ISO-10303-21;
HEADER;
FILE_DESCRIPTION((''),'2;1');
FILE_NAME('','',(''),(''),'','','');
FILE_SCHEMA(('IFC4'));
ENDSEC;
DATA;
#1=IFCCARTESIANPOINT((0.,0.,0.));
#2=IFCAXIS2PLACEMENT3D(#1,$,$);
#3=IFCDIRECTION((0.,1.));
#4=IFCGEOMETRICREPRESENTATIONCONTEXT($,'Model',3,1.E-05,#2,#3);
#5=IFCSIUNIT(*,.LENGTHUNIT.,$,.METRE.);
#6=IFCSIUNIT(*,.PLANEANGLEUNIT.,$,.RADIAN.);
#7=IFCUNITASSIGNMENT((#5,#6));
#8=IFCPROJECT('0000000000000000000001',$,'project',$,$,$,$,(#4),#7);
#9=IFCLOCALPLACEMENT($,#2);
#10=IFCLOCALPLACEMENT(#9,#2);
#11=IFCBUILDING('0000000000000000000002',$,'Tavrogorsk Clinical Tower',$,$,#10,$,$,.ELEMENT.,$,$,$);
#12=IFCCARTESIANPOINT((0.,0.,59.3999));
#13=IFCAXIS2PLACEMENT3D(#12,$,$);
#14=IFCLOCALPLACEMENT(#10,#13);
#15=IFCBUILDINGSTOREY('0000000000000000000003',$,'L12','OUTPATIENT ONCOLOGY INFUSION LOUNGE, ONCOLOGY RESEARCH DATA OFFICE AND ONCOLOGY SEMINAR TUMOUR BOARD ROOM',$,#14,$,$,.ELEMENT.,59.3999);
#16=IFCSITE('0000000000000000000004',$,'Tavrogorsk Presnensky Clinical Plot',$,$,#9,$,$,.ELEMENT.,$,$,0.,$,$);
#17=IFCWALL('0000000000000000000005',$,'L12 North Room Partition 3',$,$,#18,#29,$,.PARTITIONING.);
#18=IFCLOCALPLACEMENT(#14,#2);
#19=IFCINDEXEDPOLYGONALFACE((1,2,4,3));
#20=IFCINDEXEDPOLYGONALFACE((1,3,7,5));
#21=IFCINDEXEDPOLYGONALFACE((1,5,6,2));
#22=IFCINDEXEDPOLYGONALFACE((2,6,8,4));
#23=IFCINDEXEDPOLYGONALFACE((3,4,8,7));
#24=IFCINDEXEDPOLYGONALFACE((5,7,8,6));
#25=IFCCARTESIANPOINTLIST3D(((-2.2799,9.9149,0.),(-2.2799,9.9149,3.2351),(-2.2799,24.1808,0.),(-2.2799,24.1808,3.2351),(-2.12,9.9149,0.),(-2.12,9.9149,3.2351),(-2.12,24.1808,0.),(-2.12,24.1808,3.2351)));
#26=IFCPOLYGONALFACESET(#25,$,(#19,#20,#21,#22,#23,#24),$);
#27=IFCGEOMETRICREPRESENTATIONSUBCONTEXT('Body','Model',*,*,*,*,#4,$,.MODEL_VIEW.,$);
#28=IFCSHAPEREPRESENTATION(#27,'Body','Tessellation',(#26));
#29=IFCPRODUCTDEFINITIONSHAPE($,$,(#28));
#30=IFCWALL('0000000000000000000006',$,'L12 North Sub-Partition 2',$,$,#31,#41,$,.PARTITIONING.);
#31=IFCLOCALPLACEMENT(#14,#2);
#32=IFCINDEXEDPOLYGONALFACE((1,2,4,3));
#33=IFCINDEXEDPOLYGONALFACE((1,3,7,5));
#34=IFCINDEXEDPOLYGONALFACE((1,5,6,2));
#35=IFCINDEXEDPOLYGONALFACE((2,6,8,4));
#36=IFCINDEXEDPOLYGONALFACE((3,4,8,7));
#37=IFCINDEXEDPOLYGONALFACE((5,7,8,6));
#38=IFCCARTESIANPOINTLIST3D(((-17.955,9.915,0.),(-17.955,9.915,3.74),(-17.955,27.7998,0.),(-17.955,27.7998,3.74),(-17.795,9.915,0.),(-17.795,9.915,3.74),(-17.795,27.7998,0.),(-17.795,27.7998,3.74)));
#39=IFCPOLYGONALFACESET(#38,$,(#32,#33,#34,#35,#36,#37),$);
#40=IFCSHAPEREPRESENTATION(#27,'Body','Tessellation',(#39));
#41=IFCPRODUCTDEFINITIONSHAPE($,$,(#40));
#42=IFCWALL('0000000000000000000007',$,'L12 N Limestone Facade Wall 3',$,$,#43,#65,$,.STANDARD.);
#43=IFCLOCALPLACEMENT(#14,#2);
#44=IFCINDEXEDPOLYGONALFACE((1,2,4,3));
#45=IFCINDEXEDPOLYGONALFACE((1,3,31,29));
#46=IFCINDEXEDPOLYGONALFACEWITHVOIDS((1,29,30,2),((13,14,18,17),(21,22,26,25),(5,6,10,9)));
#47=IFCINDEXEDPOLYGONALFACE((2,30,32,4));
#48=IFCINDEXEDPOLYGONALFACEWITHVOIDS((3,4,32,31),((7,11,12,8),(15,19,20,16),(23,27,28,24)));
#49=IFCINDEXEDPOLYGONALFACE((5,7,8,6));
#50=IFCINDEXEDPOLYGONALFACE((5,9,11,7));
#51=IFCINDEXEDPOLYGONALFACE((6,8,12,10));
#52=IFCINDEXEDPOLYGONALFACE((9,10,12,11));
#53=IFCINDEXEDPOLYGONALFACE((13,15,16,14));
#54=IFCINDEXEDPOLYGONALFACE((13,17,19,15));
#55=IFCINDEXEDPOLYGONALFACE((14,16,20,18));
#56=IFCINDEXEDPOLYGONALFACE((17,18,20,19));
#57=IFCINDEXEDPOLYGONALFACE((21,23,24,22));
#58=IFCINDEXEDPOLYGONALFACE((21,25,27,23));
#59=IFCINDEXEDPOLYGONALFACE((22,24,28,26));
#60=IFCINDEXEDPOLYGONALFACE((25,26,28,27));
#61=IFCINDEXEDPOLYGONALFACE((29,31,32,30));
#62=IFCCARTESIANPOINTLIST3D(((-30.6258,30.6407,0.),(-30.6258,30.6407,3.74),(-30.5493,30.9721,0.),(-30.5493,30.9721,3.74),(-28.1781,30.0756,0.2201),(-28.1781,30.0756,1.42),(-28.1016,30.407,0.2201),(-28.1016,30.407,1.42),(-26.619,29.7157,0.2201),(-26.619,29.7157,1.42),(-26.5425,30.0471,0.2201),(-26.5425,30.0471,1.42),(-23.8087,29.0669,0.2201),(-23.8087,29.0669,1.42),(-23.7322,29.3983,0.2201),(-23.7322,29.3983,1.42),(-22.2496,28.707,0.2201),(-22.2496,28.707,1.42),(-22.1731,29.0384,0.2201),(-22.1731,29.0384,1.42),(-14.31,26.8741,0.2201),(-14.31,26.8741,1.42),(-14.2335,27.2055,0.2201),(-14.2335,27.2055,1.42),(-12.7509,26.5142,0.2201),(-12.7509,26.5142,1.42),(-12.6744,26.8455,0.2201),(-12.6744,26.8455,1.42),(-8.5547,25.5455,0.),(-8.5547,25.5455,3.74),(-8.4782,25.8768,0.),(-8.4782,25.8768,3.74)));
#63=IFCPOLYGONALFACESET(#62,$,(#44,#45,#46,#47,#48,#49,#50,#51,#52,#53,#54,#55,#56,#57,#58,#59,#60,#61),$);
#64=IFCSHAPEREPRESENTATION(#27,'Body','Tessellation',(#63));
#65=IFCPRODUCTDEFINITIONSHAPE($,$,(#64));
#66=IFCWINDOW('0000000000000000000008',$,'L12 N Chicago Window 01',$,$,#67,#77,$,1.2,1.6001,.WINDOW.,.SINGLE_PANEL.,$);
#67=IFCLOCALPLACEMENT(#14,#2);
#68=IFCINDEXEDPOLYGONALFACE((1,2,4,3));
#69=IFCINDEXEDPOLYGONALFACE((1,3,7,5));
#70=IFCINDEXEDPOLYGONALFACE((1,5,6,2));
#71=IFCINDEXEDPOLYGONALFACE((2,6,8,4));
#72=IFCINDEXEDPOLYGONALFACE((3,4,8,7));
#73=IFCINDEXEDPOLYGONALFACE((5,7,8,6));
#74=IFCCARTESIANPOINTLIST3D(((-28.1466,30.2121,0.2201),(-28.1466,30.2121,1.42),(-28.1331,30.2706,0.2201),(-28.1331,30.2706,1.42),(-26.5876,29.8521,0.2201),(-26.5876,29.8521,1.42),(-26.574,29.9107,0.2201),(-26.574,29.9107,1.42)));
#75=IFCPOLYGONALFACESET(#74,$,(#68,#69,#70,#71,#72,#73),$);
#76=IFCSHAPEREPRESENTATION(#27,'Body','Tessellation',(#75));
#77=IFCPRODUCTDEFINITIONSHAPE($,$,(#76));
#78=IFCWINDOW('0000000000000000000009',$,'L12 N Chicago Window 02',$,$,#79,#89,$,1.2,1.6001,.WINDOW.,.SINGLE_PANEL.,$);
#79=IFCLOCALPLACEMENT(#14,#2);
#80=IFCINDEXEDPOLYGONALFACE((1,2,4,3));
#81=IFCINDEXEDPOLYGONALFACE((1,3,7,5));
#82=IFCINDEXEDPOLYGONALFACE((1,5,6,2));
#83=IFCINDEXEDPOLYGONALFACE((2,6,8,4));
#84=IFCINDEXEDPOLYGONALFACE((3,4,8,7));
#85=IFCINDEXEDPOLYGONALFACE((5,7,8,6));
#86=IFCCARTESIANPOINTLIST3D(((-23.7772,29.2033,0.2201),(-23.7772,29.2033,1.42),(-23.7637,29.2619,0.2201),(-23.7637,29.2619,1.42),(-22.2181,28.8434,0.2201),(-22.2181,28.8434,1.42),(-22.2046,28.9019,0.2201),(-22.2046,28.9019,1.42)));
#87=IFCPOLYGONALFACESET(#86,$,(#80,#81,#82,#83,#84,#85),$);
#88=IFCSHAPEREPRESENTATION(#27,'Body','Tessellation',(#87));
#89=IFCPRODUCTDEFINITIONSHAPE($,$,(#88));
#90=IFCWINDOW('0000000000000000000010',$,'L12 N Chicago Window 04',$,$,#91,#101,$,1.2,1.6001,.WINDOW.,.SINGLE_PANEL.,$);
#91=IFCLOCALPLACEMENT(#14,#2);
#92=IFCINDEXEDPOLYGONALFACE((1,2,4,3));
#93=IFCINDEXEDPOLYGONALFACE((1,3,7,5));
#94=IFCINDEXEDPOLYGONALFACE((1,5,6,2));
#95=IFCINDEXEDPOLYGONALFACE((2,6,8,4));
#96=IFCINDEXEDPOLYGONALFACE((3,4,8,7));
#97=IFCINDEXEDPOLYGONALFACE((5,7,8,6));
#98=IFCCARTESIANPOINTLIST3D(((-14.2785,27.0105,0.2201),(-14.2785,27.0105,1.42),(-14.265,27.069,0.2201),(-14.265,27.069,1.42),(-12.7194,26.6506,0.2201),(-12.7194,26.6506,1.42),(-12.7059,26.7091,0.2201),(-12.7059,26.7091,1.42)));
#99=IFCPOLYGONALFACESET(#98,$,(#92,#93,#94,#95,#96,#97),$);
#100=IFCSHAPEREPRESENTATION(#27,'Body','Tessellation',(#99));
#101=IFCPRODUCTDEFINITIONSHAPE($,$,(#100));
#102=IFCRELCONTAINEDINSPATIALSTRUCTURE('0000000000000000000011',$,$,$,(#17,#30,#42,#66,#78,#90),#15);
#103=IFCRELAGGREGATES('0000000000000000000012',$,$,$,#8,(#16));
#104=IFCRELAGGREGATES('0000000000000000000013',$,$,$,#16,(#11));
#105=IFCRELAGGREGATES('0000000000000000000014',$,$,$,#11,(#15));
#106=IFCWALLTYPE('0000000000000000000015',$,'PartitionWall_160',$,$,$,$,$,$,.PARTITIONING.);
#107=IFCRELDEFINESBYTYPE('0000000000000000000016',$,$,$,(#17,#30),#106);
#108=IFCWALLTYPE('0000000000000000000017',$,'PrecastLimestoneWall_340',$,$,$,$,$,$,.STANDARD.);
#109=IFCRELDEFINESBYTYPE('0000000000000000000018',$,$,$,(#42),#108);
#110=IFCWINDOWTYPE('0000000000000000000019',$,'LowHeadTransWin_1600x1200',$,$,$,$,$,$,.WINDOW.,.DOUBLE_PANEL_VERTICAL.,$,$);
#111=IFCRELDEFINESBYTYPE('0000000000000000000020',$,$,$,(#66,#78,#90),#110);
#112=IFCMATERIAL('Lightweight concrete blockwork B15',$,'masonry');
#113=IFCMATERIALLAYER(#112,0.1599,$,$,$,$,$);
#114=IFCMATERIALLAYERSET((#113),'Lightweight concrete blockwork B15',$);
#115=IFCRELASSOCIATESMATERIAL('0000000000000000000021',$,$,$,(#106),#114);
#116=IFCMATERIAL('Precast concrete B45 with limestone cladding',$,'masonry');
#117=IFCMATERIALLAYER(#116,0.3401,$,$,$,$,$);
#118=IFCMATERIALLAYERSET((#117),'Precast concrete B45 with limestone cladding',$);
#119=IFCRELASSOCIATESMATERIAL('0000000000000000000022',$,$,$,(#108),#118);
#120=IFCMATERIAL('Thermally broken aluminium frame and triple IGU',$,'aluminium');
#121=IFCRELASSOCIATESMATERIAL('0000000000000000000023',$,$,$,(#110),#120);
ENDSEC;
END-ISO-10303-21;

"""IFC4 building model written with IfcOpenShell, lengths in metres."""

from ifc_helpers import new_model, si_unit, direction, frame, frame_2d, origin, place, context, subcontext, project, spatial, rectangle, extrude, material, layer, layer_set, type_object, element, fill, save


model = new_model("IFC4")

# Units and contexts
model_context = context("Model", 3, precision=1e-05, world=origin(), true_north=direction((0.0, 1.0)))
body_context = subcontext(model_context, "Body", "Model", "MODEL_VIEW")
ifc_project = project(units=[si_unit("LENGTHUNIT", "METRE"), si_unit("PLANEANGLEUNIT", "RADIAN")], contexts=[model_context])

# Site, building, storey
site_placement = place(None, origin())
site = spatial("IfcSite", under=ifc_project, at=site_placement, Name="Tavrogorsk Presnensky Clinical Plot", CompositionType="ELEMENT", RefElevation=0.0)
building_placement = place(site_placement, origin())
building = spatial("IfcBuilding", under=site, at=building_placement, Name="Tavrogorsk Clinical Tower", CompositionType="ELEMENT")
storey_placement = place(building_placement, frame((0.0, 0.0, 59.3999)))
storey = spatial("IfcBuildingStorey", under=building, at=storey_placement, Name="L12", Description="OUTPATIENT ONCOLOGY INFUSION LOUNGE, ONCOLOGY RESEARCH DATA OFFICE AND ONCOLOGY SEMINAR TUMOUR BOARD ROOM", CompositionType="ELEMENT", Elevation=59.3999)

# Shared definitions
ifc_material_1 = material(Name="Lightweight concrete blockwork B15", Category="masonry")
ifc_layer_1 = layer(ifc_material_1, 0.1599)
ifc_layer_set_1 = layer_set([ifc_layer_1], Name="Lightweight concrete blockwork B15")
wall_type_1 = type_object("IfcWallType", Name="PartitionWall_160", PredefinedType="PARTITIONING", material=ifc_layer_set_1)

# Walls
wall_1_placement = place(storey_placement, frame((-2.2, 9.915, 0.0), z_axis=(0.0, 0.0, 1.0), x_axis=(0.0, 1.0, 0.0)))
element("IfcWall", 1, at=wall_1_placement, inside=storey, type_object=wall_type_1, Name="L12 North Room Partition 3", PredefinedType="PARTITIONING", context=body_context, shape_type="SweptSolid", body=[
    extrude(rectangle(XDim=14.2659, YDim=0.1599, at=frame_2d((7.1328, 0.0))), origin(), (0.0, 0.0, 1.0), 3.2351),
])
wall_2_placement = place(storey_placement, frame((-17.875, 9.915, 0.0), z_axis=(0.0, 0.0, 1.0), x_axis=(0.0, 1.0, 0.0)))
element("IfcWall", 2, at=wall_2_placement, inside=storey, type_object=wall_type_1, Name="L12 North Sub-Partition 2", PredefinedType="PARTITIONING", context=body_context, shape_type="SweptSolid", body=[
    extrude(rectangle(XDim=17.8848, YDim=0.1599, at=frame_2d((8.9424, 0.0))), origin(), (0.0, 0.0, 1.0), 3.74),
])

# Wall, openings, windows
ifc_material_2 = material(Name="Precast concrete B45 with limestone cladding", Category="masonry")
ifc_layer_2 = layer(ifc_material_2, 0.3401)
ifc_layer_set_2 = layer_set([ifc_layer_2], Name="Precast concrete B45 with limestone cladding")
wall_type_2 = type_object("IfcWallType", Name="PrecastLimestoneWall_340", PredefinedType="STANDARD", material=ifc_layer_set_2)
wall_3_placement = place(storey_placement, frame((-8.5166, 25.7112, 0.0), z_axis=(0.0, 0.0, 1.0), x_axis=(-0.974373, 0.224939, 0.0)))
wall_3 = element("IfcWall", 3, at=wall_3_placement, inside=storey, type_object=wall_type_2, Name="L12 N Limestone Facade Wall 3", PredefinedType="STANDARD", context=body_context, shape_type="SweptSolid", body=[
    extrude(rectangle(XDim=22.6516, YDim=0.3401, at=frame_2d((11.3257, 0.0))), origin(), (0.0, 0.0, 1.0), 3.74),
])
opening_1_placement = place(wall_3_placement, frame((18.5393, 0.0, 0.22)))
opening_1 = element("IfcOpeningElement", 4, at=opening_1_placement, cuts=wall_3, PredefinedType="OPENING", context=body_context, shape_type="SweptSolid", body=[
    extrude(rectangle(XDim=1.6001, YDim=1.2, at=frame_2d((0.8, 0.6001))), frame((0.0, 0.1799, 0.0), z_axis=(0.0, -1.0, 0.0), x_axis=(1.0, 0.0, 0.0)), (0.0, 0.0, 1.0), 0.3601),
])
opening_2_placement = place(wall_3_placement, frame((14.0549, 0.0, 0.22)))
opening_2 = element("IfcOpeningElement", 5, at=opening_2_placement, cuts=wall_3, PredefinedType="OPENING", context=body_context, shape_type="SweptSolid", body=[
    extrude(rectangle(XDim=1.6001, YDim=1.2, at=frame_2d((0.8, 0.6001))), frame((0.0, 0.1799, 0.0), z_axis=(0.0, -1.0, 0.0), x_axis=(1.0, 0.0, 0.0)), (0.0, 0.0, 1.0), 0.3601),
])
opening_3_placement = place(wall_3_placement, frame((4.3064, 0.0, 0.22)))
opening_3 = element("IfcOpeningElement", 6, at=opening_3_placement, cuts=wall_3, PredefinedType="OPENING", context=body_context, shape_type="SweptSolid", body=[
    extrude(rectangle(XDim=1.6001, YDim=1.2, at=frame_2d((0.8, 0.6001))), frame((0.0, 0.1799, 0.0), z_axis=(0.0, -1.0, 0.0), x_axis=(1.0, 0.0, 0.0)), (0.0, 0.0, 1.0), 0.3601),
])
ifc_material_3 = material(Name="Thermally broken aluminium frame and triple IGU", Category="aluminium")
window_type = type_object("IfcWindowType", Name="LowHeadTransWin_1600x1200", PartitioningType="DOUBLE_PANEL_VERTICAL", PredefinedType="WINDOW", material=ifc_material_3)
window_1_placement = place(opening_1_placement, origin())
window_1 = element("IfcWindow", 7, at=window_1_placement, inside=storey, type_object=window_type, Name="L12 N Chicago Window 01", OverallHeight=1.2, OverallWidth=1.6001, PartitioningType="SINGLE_PANEL", PredefinedType="WINDOW", context=body_context, shape_type="SweptSolid", body=[
    extrude(rectangle(XDim=1.6001, YDim=1.2, at=frame_2d((0.8, 0.6001))), frame((0.0, 0.03, 0.0), z_axis=(0.0, -1.0, 0.0), x_axis=(1.0, 0.0, 0.0)), (0.0, 0.0, 1.0), 0.0601),
])
fill(opening_1, window_1)
window_2_placement = place(opening_2_placement, origin())
window_2 = element("IfcWindow", 8, at=window_2_placement, inside=storey, type_object=window_type, Name="L12 N Chicago Window 02", OverallHeight=1.2, OverallWidth=1.6001, PartitioningType="SINGLE_PANEL", PredefinedType="WINDOW", context=body_context, shape_type="SweptSolid", body=[
    extrude(rectangle(XDim=1.6001, YDim=1.2, at=frame_2d((0.8, 0.6001))), frame((0.0, 0.03, 0.0), z_axis=(0.0, -1.0, 0.0), x_axis=(1.0, 0.0, 0.0)), (0.0, 0.0, 1.0), 0.0601),
])
fill(opening_2, window_2)
window_3_placement = place(opening_3_placement, origin())
window_3 = element("IfcWindow", 9, at=window_3_placement, inside=storey, type_object=window_type, Name="L12 N Chicago Window 04", OverallHeight=1.2, OverallWidth=1.6001, PartitioningType="SINGLE_PANEL", PredefinedType="WINDOW", context=body_context, shape_type="SweptSolid", body=[
    extrude(rectangle(XDim=1.6001, YDim=1.2, at=frame_2d((0.8, 0.6001))), frame((0.0, 0.03, 0.0), z_axis=(0.0, -1.0, 0.0), x_axis=(1.0, 0.0, 0.0)), (0.0, 0.0, 1.0), 0.0601),
])
fill(opening_3, window_3)

save(model, "model.ifc")
